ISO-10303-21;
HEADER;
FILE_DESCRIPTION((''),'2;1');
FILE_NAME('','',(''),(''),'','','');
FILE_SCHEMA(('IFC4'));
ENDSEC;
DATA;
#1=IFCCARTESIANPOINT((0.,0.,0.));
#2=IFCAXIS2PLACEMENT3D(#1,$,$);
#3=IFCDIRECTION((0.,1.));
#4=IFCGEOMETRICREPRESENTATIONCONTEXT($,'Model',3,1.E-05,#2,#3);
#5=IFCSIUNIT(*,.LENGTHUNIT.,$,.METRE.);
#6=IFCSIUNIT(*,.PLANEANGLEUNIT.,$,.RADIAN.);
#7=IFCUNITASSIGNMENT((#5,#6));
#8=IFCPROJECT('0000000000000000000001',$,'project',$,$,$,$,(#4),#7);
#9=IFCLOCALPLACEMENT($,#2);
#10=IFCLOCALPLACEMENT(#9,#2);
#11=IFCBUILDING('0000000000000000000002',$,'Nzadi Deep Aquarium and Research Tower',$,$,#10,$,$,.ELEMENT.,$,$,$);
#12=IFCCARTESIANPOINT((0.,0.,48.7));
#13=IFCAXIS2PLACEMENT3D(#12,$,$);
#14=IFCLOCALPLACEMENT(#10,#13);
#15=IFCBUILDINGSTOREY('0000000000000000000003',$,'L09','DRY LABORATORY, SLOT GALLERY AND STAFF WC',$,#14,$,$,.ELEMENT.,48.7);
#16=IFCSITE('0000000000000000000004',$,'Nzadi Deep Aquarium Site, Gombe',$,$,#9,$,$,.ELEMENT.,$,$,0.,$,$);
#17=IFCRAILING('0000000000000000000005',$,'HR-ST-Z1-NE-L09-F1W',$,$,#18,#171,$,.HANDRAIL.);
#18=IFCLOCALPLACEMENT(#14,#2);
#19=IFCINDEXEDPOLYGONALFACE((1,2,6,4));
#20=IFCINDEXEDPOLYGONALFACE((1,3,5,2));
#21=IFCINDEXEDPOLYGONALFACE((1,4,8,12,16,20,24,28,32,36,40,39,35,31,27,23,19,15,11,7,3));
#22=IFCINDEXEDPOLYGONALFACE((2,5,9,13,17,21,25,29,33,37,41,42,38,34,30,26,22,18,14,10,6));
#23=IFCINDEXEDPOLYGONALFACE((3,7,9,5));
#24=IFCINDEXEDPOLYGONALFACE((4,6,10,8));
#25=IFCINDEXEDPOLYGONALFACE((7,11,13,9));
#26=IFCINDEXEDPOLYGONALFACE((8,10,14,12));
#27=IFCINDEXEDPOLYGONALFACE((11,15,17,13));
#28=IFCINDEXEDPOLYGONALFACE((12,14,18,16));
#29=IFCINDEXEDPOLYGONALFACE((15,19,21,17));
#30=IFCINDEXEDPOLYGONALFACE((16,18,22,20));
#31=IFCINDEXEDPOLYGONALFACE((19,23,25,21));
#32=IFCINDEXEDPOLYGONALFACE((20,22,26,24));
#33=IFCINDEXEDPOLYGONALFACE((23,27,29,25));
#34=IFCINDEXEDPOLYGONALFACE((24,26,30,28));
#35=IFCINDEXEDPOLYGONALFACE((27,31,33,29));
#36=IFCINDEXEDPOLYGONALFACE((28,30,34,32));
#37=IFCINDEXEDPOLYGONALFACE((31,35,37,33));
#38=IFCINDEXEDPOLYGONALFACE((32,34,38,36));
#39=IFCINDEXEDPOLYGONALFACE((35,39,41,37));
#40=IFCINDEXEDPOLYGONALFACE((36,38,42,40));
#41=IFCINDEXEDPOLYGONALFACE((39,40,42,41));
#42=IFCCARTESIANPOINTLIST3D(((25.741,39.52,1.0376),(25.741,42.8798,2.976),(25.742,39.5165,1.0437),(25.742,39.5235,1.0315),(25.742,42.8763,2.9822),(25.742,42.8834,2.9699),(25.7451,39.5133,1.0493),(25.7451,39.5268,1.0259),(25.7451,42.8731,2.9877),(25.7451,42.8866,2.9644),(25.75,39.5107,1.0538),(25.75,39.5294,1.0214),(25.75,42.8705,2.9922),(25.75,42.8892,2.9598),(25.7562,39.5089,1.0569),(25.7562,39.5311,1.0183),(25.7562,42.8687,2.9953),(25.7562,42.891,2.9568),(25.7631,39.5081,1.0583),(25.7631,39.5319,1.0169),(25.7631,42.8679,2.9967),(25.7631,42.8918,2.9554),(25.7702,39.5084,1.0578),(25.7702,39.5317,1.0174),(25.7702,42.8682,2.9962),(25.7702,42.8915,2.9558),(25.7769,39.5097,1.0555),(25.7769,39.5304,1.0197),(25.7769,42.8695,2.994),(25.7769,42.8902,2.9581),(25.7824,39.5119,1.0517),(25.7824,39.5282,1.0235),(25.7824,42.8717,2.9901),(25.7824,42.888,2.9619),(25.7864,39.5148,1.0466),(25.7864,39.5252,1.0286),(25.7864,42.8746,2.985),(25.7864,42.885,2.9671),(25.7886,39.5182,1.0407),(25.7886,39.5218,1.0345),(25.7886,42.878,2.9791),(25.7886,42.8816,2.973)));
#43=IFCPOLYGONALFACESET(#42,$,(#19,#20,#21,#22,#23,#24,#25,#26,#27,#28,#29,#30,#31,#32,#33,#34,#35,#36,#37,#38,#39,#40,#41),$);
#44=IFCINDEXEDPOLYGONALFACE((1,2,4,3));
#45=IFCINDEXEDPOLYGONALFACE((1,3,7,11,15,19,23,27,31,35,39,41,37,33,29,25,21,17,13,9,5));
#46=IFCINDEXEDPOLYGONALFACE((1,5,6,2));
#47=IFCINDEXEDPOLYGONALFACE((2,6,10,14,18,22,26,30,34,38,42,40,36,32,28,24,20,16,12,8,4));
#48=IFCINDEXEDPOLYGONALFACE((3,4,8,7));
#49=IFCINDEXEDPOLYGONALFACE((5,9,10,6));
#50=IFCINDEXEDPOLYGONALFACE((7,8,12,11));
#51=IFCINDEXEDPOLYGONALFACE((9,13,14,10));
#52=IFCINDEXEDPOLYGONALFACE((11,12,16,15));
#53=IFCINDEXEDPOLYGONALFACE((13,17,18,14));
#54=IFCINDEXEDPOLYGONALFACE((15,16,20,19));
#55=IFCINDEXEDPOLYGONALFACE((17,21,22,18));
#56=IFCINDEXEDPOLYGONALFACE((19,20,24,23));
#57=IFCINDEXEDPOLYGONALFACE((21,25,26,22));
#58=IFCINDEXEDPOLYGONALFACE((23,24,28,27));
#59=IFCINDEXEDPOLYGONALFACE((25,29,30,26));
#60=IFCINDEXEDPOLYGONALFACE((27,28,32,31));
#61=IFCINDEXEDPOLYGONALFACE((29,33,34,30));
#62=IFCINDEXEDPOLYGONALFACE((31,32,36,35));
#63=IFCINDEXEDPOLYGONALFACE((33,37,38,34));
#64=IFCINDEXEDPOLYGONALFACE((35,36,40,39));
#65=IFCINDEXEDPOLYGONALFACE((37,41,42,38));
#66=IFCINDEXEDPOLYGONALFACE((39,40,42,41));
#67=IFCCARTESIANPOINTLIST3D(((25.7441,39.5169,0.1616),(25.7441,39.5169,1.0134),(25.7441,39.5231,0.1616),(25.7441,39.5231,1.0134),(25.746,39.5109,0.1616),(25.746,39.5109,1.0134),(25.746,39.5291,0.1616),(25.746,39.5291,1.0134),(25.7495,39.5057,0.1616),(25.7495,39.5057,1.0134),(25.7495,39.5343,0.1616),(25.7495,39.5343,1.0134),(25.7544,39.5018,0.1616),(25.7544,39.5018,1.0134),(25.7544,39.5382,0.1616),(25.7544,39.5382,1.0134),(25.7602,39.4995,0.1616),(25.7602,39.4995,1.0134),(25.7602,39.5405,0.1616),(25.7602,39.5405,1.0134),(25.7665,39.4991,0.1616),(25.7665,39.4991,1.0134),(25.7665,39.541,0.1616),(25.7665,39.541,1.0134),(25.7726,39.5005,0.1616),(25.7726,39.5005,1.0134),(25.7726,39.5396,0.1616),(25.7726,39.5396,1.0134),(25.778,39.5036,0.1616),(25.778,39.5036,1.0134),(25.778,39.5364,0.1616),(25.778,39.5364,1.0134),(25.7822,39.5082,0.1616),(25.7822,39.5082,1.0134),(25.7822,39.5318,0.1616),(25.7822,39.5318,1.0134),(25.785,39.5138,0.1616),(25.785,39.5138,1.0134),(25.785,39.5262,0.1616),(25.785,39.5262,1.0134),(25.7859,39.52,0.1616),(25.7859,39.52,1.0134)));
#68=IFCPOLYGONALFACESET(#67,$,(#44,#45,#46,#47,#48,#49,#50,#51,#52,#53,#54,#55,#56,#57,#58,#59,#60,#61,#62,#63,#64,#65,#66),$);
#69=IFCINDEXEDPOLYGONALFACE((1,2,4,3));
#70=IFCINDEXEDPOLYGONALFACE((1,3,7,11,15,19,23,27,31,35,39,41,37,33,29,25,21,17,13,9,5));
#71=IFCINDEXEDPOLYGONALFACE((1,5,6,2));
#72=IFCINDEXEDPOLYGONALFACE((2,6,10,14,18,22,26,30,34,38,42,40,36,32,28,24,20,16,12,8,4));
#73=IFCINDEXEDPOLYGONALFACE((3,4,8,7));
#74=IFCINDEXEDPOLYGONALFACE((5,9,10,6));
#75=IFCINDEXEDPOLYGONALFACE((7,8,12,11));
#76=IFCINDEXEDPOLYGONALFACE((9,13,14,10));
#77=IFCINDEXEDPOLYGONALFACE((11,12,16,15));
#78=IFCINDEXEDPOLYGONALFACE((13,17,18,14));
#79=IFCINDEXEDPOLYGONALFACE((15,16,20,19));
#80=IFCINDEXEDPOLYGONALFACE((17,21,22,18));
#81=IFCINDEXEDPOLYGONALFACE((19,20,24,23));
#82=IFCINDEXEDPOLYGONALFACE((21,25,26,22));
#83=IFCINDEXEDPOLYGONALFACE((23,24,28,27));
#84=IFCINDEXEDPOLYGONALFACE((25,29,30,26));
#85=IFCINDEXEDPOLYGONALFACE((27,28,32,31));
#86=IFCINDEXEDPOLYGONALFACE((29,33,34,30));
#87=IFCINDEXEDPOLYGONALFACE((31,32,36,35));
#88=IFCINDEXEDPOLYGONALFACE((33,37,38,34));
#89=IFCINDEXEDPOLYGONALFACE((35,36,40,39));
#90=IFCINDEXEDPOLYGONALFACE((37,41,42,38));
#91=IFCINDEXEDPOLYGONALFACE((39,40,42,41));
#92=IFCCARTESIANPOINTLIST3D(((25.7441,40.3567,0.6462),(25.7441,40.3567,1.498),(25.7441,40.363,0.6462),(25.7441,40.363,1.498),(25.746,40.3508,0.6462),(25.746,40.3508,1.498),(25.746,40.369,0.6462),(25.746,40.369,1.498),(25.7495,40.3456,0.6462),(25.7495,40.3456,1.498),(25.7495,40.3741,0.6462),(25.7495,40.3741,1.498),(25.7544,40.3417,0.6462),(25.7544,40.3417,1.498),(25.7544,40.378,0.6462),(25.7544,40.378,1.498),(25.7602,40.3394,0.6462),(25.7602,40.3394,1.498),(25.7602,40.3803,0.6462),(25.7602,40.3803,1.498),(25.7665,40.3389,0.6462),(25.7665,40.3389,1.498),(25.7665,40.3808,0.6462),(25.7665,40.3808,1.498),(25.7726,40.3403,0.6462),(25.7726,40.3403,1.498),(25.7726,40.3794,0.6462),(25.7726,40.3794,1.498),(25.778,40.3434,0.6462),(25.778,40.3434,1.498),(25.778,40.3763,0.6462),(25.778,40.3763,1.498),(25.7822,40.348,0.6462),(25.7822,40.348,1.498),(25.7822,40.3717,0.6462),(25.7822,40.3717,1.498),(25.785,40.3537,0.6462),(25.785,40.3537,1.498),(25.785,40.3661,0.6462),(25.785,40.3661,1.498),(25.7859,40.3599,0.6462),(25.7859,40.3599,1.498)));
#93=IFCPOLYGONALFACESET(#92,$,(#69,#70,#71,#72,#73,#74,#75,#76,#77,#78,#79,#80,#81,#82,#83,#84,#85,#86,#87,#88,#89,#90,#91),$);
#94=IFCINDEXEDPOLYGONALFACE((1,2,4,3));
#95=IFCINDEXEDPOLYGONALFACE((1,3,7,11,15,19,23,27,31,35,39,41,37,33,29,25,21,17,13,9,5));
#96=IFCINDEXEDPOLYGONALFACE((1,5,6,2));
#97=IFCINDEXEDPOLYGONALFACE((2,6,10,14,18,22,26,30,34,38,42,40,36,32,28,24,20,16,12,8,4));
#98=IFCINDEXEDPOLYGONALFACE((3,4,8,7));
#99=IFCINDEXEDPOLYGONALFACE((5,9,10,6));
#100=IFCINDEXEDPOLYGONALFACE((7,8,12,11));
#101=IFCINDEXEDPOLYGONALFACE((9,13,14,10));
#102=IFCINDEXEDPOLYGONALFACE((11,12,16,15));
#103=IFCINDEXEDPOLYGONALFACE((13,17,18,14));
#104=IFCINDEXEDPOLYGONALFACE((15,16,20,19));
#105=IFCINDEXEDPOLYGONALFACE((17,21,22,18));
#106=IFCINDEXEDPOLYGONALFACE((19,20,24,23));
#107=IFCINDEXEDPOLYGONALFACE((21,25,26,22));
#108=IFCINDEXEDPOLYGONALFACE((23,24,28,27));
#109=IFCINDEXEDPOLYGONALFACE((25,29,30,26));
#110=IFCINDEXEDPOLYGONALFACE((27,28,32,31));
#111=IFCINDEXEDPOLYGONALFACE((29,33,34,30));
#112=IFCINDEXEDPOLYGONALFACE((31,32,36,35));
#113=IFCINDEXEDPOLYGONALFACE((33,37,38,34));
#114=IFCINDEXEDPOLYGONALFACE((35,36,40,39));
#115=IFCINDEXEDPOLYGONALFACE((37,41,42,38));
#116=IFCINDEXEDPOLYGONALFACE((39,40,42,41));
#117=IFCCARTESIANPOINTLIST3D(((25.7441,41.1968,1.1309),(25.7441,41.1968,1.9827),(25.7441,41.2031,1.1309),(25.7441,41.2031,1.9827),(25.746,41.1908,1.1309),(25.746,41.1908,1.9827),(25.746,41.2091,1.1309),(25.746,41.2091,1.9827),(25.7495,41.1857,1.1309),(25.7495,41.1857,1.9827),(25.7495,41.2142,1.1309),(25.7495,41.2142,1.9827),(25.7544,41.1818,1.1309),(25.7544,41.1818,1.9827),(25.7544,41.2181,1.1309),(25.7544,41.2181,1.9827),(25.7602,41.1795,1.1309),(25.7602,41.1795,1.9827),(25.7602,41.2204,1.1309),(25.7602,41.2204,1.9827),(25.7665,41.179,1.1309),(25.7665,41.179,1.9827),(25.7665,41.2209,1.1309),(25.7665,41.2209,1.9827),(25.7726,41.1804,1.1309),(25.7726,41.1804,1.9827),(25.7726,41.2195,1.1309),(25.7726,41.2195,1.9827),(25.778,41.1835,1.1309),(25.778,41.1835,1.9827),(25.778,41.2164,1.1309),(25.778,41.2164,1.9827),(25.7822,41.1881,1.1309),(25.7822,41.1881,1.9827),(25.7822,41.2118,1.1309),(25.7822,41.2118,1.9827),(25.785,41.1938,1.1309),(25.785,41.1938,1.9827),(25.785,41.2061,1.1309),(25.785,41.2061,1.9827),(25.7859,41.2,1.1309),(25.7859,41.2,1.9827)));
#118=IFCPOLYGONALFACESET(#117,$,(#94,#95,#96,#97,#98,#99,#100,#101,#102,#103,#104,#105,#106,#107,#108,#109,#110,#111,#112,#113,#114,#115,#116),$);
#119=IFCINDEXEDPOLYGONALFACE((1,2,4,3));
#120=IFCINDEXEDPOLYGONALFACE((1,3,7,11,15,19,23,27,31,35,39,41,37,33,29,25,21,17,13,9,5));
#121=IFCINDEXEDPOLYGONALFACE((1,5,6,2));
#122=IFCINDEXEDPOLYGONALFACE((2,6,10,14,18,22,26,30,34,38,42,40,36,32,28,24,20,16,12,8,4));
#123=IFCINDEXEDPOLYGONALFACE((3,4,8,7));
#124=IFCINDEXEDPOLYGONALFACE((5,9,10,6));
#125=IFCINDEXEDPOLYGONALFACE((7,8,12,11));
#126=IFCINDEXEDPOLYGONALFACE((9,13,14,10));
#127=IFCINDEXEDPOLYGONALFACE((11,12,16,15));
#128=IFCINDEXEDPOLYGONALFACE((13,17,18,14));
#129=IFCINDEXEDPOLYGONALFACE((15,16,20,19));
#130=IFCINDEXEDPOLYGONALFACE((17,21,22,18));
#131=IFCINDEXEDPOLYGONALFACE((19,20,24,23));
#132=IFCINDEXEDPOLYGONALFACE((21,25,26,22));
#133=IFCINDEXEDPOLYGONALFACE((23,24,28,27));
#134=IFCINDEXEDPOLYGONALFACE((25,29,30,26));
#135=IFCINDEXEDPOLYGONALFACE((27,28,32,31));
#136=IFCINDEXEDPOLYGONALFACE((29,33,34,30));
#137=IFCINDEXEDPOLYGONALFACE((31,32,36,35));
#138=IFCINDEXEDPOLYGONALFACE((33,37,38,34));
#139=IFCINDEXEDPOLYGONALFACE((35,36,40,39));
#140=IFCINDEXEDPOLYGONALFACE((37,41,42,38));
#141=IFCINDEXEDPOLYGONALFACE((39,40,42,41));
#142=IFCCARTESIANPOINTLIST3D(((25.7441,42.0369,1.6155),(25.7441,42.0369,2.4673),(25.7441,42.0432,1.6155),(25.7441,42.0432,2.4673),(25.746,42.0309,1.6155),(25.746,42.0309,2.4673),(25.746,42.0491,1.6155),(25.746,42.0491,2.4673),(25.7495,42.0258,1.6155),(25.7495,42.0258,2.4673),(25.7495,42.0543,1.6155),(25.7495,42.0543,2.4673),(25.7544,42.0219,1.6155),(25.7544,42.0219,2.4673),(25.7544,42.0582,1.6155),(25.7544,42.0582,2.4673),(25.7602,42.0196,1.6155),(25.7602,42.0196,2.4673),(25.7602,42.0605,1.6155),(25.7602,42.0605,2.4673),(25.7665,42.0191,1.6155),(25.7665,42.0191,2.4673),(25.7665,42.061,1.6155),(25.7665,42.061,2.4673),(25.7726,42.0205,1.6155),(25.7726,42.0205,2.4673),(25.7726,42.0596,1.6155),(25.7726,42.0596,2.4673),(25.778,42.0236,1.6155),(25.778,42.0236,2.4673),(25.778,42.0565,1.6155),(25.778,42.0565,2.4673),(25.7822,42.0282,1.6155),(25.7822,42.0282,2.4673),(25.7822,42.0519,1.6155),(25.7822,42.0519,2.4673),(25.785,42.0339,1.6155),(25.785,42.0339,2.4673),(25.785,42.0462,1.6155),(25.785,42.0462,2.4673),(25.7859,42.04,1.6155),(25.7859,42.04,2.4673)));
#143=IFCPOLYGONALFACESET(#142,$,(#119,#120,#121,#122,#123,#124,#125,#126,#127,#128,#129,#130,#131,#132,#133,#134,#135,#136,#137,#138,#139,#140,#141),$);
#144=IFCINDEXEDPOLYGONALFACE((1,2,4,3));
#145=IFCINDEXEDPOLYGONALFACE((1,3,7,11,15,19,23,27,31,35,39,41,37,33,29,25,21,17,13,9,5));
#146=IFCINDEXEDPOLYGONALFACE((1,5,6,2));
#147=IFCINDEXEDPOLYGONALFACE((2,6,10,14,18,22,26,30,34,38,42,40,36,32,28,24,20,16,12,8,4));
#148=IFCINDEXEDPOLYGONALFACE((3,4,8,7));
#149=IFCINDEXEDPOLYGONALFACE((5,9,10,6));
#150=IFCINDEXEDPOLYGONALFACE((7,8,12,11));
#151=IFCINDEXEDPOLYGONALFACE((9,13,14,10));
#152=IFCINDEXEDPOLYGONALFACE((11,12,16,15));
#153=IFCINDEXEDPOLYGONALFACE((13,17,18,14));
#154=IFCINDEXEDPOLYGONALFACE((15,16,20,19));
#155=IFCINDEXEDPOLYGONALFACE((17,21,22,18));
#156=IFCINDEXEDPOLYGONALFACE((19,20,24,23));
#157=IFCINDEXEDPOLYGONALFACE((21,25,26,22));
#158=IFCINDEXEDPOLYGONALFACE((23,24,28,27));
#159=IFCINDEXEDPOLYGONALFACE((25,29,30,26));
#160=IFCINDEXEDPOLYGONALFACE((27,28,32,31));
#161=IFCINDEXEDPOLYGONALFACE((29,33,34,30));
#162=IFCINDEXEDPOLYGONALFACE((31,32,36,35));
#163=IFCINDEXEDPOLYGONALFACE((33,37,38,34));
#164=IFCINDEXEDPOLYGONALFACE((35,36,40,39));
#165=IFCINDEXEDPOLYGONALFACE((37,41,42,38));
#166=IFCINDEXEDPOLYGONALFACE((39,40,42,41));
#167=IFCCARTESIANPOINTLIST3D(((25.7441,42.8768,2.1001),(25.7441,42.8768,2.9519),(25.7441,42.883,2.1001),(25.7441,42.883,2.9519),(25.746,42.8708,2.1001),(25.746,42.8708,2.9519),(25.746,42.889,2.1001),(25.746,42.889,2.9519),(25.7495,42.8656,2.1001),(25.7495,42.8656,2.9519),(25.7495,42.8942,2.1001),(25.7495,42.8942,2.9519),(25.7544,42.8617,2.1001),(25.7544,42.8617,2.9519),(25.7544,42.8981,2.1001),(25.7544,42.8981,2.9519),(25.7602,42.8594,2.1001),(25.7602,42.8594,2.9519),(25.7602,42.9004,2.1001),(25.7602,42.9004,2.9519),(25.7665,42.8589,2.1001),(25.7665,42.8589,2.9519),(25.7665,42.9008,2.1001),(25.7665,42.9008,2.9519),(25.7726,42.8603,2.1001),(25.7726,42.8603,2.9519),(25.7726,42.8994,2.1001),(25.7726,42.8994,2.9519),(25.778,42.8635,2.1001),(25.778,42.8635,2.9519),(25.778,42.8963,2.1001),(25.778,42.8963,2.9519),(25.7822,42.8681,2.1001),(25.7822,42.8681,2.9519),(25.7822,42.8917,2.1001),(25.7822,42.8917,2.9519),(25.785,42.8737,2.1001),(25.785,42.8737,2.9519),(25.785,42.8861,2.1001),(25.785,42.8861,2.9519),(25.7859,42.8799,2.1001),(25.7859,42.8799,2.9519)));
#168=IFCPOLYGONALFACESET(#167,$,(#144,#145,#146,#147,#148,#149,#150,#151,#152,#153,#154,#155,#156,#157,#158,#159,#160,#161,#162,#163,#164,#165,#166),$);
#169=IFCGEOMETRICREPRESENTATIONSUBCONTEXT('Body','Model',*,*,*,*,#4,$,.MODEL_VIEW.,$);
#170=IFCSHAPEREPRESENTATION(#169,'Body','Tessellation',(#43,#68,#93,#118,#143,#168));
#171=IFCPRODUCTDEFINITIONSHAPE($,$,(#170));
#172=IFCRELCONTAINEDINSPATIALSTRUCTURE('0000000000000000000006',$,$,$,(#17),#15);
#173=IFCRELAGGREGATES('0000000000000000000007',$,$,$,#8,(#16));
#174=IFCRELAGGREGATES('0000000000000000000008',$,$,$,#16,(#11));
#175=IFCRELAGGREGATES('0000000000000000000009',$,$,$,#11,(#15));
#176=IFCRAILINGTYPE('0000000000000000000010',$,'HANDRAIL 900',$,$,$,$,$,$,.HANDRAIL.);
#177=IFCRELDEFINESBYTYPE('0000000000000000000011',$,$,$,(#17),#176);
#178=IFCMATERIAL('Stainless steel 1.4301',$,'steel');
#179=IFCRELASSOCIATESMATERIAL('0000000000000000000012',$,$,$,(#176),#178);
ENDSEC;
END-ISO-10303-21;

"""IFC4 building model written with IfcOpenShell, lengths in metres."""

from ifc_helpers import new_model, si_unit, direction, frame, origin, origin_2d, place, context, subcontext, project, spatial, circle, extrude, material, type_object, element, save


model = new_model("IFC4")

# Units and contexts
model_context = context("Model", 3, precision=1e-05, world=origin(), true_north=direction((0.0, 1.0)))
body_context = subcontext(model_context, "Body", "Model", "MODEL_VIEW")
ifc_project = project(units=[si_unit("LENGTHUNIT", "METRE"), si_unit("PLANEANGLEUNIT", "RADIAN")], contexts=[model_context])

# Site, building, storey
site_placement = place(None, origin())
site = spatial("IfcSite", under=ifc_project, at=site_placement, Name="Nzadi Deep Aquarium Site, Gombe", CompositionType="ELEMENT", RefElevation=0.0)
building_placement = place(site_placement, origin())
building = spatial("IfcBuilding", under=site, at=building_placement, Name="Nzadi Deep Aquarium and Research Tower", CompositionType="ELEMENT")
storey_placement = place(building_placement, frame((0.0, 0.0, 48.7)))
storey = spatial("IfcBuildingStorey", under=building, at=storey_placement, Name="L09", Description="DRY LABORATORY, SLOT GALLERY AND STAFF WC", CompositionType="ELEMENT", Elevation=48.7)

# Railing
ifc_material_1 = material(Name="Stainless steel 1.4301", Category="steel")
railing_type = type_object("IfcRailingType", Name="HANDRAIL 900", PredefinedType="HANDRAIL", material=ifc_material_1)
for number, where, name in (
    (1, (25.7649, 39.52, 0.1616), "HR-ST-Z1-NE-L09-F1W"),
):
    element("IfcRailing", number, at=place(storey_placement, frame(where)), inside=storey, type_object=railing_type, Name=name, PredefinedType="HANDRAIL", context=body_context, shape_type="SweptSolid", body=[
        extrude(circle(Radius=0.0239, at=origin_2d()), frame((0.0, 0.0, 0.876), z_axis=(0.0, 0.866175, 0.499741), x_axis=(-1.0, 0.0, 0.0)), (0.0, 0.0, 1.0), 3.8789),
        extrude(circle(Radius=0.021, at=origin_2d()), origin(), (0.0, 0.0, 1.0), 0.8518),
        extrude(circle(Radius=0.021, at=origin_2d()), frame((0.0, 0.8398, 0.4846)), (0.0, 0.0, 1.0), 0.8518),
        extrude(circle(Radius=0.021, at=origin_2d()), frame((0.0, 1.6799, 0.9692)), (0.0, 0.0, 1.0), 0.8518),
        extrude(circle(Radius=0.021, at=origin_2d()), frame((0.0, 2.52, 1.4539)), (0.0, 0.0, 1.0), 0.8518),
        extrude(circle(Radius=0.021, at=origin_2d()), frame((0.0, 3.3599, 1.9385)), (0.0, 0.0, 1.0), 0.8518),
    ])

save(model, "model.ifc")
